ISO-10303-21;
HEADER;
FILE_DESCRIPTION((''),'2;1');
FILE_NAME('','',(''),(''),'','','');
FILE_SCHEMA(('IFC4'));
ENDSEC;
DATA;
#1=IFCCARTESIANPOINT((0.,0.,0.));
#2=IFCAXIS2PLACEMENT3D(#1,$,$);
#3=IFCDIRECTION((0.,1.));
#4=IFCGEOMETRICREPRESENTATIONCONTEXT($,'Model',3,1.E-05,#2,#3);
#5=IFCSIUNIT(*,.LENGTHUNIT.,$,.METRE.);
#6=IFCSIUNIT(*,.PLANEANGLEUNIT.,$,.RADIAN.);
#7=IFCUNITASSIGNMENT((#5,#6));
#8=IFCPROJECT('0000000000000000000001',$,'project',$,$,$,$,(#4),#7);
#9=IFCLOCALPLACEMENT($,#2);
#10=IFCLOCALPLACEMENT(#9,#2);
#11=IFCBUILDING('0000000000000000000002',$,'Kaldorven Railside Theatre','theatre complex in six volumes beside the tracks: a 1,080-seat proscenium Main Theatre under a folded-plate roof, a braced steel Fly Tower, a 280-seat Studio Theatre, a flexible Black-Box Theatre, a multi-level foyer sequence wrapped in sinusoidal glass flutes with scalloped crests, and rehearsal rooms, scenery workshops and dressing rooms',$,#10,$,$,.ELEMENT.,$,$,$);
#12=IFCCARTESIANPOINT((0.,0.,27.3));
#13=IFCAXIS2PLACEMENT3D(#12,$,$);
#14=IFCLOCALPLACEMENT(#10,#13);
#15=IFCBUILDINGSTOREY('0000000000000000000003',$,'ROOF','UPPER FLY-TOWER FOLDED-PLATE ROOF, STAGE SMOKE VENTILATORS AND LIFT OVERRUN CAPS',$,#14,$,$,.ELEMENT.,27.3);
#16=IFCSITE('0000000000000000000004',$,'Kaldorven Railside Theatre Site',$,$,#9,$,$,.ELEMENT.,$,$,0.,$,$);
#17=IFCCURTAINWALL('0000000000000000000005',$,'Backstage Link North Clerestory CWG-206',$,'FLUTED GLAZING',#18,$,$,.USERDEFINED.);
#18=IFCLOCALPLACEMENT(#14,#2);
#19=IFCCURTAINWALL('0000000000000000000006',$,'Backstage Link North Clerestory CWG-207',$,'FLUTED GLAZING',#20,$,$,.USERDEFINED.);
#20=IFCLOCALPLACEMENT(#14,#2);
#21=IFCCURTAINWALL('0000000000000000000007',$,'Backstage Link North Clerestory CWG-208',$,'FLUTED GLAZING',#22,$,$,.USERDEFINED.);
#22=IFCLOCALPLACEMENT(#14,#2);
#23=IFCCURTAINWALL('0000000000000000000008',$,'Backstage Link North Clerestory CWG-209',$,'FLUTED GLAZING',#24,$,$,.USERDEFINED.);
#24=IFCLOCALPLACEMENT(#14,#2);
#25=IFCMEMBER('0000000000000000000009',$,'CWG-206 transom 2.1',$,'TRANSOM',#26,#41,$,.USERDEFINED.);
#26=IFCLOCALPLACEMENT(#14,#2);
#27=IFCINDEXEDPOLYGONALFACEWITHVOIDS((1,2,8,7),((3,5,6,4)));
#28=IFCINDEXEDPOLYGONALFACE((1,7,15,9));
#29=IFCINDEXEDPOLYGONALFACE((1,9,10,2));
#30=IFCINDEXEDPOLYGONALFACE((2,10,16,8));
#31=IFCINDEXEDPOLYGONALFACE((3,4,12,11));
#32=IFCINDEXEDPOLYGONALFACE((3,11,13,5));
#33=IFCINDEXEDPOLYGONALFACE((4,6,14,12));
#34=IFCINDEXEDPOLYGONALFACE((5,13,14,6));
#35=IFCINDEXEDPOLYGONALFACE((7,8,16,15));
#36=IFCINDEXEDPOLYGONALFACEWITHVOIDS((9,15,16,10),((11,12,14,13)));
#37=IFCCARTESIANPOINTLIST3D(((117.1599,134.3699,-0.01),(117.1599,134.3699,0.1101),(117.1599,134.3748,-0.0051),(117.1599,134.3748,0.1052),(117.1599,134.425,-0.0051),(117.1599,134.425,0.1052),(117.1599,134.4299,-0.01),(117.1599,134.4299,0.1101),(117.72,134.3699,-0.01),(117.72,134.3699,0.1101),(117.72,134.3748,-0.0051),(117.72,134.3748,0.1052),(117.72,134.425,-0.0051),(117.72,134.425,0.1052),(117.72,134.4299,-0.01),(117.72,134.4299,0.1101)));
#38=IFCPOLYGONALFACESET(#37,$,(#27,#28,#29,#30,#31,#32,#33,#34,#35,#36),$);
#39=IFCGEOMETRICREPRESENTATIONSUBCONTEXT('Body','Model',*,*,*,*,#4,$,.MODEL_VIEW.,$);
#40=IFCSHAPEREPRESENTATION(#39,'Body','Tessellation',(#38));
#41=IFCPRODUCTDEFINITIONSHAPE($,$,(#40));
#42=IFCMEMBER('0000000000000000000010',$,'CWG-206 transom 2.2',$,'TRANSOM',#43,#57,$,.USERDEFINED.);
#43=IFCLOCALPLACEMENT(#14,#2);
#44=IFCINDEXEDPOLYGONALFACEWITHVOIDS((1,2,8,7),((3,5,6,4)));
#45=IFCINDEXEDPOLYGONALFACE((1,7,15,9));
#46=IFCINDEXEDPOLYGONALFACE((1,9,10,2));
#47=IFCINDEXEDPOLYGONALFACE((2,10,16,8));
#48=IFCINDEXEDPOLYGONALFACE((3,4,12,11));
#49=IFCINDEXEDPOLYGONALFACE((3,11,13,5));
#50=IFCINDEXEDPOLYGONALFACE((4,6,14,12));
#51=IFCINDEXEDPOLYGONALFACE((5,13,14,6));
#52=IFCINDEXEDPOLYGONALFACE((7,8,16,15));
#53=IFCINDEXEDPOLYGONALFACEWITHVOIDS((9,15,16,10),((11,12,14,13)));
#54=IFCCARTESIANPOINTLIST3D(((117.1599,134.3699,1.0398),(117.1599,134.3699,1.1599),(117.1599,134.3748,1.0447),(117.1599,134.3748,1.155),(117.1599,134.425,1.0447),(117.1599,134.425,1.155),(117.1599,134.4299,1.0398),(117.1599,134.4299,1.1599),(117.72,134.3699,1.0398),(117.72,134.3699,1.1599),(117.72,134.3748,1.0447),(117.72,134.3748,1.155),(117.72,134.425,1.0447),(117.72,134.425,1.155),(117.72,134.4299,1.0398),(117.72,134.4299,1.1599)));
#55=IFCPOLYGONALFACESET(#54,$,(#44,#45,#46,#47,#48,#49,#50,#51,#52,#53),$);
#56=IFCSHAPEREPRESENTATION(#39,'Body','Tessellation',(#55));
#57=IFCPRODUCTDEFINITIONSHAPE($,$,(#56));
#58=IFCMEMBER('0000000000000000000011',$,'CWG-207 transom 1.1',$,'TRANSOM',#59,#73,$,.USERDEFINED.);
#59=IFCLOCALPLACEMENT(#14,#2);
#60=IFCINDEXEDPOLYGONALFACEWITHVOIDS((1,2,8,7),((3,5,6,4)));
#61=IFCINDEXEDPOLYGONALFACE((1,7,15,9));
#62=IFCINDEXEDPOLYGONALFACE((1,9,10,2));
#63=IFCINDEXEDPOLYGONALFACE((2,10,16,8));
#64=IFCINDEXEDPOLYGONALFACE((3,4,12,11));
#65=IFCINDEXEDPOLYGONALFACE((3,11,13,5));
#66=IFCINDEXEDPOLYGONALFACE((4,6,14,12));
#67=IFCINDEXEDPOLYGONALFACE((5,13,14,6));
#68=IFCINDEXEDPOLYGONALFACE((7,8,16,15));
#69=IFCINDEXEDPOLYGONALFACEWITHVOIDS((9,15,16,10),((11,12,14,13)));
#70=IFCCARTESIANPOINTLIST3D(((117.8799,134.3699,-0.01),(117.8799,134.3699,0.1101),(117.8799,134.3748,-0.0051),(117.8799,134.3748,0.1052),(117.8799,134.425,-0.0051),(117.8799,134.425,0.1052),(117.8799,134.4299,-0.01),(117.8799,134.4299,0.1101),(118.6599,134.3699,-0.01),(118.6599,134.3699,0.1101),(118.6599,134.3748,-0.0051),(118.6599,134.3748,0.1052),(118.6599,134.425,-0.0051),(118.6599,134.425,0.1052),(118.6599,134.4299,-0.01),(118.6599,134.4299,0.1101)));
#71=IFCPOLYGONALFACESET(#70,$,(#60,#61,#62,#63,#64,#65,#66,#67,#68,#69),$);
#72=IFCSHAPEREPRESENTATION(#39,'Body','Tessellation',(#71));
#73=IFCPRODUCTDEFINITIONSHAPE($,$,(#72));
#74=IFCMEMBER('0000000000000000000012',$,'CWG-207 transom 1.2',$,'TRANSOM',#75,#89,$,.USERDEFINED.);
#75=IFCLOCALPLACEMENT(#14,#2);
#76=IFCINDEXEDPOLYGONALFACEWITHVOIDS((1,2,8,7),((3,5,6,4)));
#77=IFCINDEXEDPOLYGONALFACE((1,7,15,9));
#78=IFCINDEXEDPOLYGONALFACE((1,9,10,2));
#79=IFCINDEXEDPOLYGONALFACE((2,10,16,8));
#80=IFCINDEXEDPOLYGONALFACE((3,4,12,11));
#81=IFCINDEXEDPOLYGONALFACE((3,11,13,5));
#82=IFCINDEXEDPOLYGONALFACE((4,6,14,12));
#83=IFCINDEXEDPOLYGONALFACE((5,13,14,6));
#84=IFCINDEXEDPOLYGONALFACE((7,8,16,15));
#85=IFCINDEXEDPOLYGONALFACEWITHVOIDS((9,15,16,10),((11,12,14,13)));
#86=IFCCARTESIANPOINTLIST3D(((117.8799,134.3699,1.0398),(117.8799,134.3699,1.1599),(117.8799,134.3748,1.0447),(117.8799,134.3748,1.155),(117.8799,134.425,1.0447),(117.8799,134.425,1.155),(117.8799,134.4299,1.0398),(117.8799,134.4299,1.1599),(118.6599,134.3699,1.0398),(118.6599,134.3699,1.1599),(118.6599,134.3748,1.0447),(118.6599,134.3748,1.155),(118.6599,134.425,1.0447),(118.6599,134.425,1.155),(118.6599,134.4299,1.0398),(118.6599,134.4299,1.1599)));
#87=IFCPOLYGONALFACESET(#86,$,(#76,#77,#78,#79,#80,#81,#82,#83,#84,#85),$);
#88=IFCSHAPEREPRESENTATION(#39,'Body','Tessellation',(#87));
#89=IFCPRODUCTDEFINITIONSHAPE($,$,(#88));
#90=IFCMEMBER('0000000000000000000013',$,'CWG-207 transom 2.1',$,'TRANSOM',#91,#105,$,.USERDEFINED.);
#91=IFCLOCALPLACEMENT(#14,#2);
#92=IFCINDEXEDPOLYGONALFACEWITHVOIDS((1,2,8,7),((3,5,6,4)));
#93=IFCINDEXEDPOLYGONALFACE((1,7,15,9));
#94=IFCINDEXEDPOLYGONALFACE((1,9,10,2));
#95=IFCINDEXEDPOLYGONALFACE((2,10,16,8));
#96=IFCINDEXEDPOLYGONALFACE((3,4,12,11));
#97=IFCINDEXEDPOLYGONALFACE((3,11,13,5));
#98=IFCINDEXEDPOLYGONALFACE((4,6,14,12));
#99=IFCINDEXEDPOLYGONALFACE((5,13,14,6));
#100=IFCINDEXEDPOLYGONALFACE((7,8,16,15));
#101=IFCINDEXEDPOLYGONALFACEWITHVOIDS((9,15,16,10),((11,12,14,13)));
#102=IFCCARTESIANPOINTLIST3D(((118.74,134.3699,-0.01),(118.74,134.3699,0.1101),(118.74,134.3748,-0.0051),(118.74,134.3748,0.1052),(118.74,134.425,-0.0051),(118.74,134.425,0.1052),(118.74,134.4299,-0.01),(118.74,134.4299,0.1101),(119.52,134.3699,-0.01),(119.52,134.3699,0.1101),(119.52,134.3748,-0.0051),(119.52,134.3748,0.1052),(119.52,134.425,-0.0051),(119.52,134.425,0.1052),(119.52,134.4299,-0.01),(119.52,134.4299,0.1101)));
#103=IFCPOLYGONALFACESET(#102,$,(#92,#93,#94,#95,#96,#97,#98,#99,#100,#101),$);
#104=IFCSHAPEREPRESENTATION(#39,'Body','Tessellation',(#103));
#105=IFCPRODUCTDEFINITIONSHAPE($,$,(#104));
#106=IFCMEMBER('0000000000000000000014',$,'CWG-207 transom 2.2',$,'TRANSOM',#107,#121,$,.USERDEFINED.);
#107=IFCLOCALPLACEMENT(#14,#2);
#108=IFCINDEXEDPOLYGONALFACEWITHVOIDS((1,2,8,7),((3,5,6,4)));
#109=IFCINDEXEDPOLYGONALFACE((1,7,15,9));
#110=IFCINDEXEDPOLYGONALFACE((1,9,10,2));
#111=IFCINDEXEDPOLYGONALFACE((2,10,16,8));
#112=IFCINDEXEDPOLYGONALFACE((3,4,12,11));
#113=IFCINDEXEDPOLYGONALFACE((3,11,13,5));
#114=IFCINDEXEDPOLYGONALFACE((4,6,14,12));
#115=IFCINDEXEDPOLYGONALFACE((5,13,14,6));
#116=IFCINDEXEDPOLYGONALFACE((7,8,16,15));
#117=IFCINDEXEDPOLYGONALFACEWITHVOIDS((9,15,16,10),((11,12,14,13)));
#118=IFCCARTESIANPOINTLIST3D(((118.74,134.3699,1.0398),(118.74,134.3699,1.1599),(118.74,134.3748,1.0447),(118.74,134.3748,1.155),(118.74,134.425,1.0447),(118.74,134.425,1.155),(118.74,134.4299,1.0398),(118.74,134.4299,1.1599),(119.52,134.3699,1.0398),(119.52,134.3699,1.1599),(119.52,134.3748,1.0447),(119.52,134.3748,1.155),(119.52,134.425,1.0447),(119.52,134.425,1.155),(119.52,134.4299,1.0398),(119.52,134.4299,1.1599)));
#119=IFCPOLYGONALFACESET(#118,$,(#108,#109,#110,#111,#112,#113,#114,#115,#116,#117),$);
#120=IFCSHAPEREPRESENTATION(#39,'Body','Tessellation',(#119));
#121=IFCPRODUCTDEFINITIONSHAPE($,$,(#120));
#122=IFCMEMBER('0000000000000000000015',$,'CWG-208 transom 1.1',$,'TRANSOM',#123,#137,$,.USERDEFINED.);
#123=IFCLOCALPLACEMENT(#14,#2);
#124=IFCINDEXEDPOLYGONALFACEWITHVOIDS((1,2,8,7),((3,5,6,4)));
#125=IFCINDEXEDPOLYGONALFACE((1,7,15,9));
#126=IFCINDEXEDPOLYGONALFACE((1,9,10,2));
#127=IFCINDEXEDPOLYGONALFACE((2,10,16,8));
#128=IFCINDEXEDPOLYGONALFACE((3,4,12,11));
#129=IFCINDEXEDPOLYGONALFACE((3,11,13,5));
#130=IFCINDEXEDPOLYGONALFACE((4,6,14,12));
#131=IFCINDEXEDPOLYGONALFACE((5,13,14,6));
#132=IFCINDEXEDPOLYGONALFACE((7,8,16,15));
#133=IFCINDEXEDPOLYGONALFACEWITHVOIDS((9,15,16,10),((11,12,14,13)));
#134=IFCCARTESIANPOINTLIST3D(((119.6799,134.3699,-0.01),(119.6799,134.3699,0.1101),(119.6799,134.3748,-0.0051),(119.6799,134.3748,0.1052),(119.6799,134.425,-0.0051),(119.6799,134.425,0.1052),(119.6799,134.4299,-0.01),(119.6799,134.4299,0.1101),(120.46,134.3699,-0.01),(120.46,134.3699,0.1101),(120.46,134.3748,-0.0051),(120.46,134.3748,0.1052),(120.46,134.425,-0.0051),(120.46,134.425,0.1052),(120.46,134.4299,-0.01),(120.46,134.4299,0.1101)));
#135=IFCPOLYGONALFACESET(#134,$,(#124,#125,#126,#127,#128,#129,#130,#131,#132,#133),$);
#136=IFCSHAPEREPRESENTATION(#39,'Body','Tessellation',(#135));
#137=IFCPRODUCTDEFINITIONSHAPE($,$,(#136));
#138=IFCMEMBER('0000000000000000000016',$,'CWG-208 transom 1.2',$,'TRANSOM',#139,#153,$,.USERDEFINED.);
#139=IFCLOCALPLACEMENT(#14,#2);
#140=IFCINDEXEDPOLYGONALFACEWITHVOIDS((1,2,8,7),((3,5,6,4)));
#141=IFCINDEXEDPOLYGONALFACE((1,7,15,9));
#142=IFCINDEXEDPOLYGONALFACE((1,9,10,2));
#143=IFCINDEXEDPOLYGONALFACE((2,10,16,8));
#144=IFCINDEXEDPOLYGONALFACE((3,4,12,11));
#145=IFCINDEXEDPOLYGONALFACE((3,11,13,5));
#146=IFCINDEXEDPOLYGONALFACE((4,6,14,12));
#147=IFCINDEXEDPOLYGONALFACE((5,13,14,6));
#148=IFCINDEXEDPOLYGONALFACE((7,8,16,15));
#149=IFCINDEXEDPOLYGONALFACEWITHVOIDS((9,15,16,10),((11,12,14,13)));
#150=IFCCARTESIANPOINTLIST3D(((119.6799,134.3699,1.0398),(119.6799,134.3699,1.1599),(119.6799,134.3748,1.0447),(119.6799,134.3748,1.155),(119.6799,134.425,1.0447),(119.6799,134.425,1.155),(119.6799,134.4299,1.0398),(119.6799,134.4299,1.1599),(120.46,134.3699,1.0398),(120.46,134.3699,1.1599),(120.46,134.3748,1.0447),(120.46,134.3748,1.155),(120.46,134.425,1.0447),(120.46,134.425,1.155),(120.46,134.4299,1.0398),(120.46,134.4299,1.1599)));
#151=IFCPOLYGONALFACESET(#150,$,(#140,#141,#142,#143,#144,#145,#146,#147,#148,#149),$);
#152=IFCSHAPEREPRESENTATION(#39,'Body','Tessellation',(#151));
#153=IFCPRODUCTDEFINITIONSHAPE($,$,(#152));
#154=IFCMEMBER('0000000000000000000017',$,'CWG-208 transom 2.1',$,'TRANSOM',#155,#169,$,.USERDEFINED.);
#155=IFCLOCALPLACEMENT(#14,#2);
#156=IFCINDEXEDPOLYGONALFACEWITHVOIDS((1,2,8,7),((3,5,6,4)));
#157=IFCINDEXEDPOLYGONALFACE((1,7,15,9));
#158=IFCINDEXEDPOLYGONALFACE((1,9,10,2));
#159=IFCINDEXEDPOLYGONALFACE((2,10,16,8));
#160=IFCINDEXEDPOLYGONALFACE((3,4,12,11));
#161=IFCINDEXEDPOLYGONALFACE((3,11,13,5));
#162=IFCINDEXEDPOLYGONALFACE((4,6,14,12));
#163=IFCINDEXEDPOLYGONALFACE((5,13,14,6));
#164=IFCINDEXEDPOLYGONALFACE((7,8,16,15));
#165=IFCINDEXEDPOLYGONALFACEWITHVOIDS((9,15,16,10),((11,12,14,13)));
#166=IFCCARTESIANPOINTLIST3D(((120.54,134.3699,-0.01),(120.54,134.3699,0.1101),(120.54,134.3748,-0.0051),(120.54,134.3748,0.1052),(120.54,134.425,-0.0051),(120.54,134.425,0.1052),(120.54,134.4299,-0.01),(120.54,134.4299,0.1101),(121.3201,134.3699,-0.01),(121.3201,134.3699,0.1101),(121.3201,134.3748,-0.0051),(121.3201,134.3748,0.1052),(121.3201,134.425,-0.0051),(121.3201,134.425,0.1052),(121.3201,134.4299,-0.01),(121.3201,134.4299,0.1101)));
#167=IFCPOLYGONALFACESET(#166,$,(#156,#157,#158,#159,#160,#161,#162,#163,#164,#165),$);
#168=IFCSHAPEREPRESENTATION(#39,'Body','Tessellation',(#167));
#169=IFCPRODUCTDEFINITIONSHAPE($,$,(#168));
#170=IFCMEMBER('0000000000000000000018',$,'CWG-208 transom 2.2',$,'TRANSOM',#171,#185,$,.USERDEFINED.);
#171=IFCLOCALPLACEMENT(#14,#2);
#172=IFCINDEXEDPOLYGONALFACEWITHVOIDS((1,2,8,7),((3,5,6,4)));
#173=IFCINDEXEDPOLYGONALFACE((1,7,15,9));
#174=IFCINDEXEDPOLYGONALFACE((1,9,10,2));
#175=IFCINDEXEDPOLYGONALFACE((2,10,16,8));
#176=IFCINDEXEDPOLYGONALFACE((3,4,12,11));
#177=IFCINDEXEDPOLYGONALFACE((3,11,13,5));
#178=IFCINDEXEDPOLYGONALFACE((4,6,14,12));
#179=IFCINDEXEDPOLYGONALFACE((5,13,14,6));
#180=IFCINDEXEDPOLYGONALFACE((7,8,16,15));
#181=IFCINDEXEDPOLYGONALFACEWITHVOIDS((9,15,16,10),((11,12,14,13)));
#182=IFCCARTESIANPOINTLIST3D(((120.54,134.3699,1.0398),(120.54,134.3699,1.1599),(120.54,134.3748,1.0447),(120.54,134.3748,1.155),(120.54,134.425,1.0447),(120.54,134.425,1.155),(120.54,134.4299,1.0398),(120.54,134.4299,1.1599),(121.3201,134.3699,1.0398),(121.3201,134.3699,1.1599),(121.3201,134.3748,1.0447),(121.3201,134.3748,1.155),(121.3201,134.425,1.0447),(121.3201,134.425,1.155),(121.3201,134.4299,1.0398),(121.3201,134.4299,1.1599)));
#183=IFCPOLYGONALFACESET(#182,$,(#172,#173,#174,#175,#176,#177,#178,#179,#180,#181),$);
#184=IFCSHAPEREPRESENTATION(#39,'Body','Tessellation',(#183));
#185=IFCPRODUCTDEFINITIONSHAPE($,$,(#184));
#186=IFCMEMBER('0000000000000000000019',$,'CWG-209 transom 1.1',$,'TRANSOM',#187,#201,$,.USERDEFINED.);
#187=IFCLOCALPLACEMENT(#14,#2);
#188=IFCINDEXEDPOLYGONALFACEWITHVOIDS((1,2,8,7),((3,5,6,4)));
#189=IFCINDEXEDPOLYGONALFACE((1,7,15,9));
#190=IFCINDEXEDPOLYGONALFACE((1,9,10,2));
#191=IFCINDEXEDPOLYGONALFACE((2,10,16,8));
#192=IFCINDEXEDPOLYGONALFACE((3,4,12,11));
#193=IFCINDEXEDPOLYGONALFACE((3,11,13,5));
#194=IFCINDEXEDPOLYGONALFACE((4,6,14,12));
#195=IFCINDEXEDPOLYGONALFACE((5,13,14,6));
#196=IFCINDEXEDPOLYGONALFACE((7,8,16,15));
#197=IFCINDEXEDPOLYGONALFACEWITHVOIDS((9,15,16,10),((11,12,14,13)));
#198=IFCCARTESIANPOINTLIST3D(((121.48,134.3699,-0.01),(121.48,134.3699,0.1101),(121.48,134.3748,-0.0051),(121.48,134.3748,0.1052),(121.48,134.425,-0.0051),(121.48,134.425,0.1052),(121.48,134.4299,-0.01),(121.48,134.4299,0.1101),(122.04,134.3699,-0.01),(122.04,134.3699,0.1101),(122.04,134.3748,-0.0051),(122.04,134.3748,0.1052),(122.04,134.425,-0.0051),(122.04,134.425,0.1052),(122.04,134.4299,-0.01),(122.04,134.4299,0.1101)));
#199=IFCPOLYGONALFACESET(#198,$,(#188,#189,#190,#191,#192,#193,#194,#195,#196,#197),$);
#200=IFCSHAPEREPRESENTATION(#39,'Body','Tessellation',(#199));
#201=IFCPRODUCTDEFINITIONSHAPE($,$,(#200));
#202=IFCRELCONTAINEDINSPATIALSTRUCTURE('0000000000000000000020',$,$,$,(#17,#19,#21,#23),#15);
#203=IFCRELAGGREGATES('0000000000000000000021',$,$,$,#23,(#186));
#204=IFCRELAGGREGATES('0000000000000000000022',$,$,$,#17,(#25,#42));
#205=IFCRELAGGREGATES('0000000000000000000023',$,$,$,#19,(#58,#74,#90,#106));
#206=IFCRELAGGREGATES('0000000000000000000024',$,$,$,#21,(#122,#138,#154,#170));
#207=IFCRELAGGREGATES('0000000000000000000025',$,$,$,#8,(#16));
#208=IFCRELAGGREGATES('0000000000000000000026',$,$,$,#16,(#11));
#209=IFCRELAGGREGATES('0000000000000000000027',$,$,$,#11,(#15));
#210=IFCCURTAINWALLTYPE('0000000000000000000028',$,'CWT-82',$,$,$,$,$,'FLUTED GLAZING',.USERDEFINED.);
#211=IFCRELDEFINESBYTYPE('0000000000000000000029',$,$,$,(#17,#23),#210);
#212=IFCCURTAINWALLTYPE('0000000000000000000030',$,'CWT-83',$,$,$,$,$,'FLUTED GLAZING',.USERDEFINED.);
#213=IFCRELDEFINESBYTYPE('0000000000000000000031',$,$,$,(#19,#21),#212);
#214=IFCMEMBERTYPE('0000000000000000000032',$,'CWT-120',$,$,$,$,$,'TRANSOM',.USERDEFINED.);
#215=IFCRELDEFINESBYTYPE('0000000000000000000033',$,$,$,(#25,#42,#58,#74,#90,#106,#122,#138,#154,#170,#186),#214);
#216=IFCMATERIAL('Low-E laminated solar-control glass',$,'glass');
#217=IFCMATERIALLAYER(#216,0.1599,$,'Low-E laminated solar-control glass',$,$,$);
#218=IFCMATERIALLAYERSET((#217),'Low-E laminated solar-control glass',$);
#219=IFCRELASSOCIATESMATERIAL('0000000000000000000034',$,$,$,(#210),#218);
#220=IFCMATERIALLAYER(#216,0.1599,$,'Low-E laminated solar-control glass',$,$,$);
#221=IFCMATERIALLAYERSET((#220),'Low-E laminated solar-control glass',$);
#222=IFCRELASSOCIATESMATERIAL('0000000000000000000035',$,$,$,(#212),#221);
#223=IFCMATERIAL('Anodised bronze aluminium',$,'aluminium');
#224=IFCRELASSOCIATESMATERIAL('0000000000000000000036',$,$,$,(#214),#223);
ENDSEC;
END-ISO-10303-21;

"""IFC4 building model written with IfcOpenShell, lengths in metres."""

from ifc_helpers import new_model, si_unit, direction, frame, origin, origin_2d, place, context, subcontext, project, spatial, hollow_rectangle, extrude, material, layer, layer_set, material_profile, profile_set, type_object, element, aggregate, save


model = new_model("IFC4")

# Units and contexts
model_context = context("Model", 3, precision=1e-05, world=origin(), true_north=direction((0.0, 1.0)))
body_context = subcontext(model_context, "Body", "Model", "MODEL_VIEW")
ifc_project = project(units=[si_unit("LENGTHUNIT", "METRE"), si_unit("PLANEANGLEUNIT", "RADIAN")], contexts=[model_context])

# Site, building, storey
site_placement = place(None, origin())
site = spatial("IfcSite", under=ifc_project, at=site_placement, Name="Kaldorven Railside Theatre Site", CompositionType="ELEMENT", RefElevation=0.0)
building_placement = place(site_placement, origin())
building = spatial("IfcBuilding", under=site, at=building_placement, Name="Kaldorven Railside Theatre", Description="theatre complex in six volumes beside the tracks: a 1,080-seat proscenium Main Theatre under a folded-plate roof, a braced steel Fly Tower, a 280-seat Studio Theatre, a flexible Black-Box Theatre, a multi-level foyer sequence wrapped in sinusoidal glass flutes with scalloped crests, and rehearsal rooms, scenery workshops and dressing rooms", CompositionType="ELEMENT")
storey_placement = place(building_placement, frame((0.0, 0.0, 27.3)))
storey = spatial("IfcBuildingStorey", under=building, at=storey_placement, Name="ROOF", Description="UPPER FLY-TOWER FOLDED-PLATE ROOF, STAGE SMOKE VENTILATORS AND LIFT OVERRUN CAPS", CompositionType="ELEMENT", Elevation=27.3)

# Curtain walls
ifc_material_1 = material(Name="Low-E laminated solar-control glass", Category="glass")
ifc_layer_1 = layer(ifc_material_1, 0.1599, Name="Low-E laminated solar-control glass")
ifc_layer_set_1 = layer_set([ifc_layer_1], Name="Low-E laminated solar-control glass")
curtain_wall_type_1 = type_object("IfcCurtainWallType", Name="CWT-82", ElementType="FLUTED GLAZING", PredefinedType="USERDEFINED", material=ifc_layer_set_1)
curtain_wall_1_placement = place(storey_placement, origin())
curtain_wall_1 = element("IfcCurtainWall", 1, at=curtain_wall_1_placement, inside=storey, type_object=curtain_wall_type_1, Name="Backstage Link North Clerestory CWG-206", ObjectType="FLUTED GLAZING", PredefinedType="USERDEFINED")
ifc_material_2 = material(Name="Anodised bronze aluminium", Category="aluminium")
ifc_layer_2 = layer(ifc_material_1, 0.1599, Name="Low-E laminated solar-control glass")
ifc_layer_set_2 = layer_set([ifc_layer_2], Name="Low-E laminated solar-control glass")
curtain_wall_type_2 = type_object("IfcCurtainWallType", Name="CWT-83", ElementType="FLUTED GLAZING", PredefinedType="USERDEFINED", material=ifc_layer_set_2)
curtain_wall_2_placement = place(storey_placement, origin())
curtain_wall_2 = element("IfcCurtainWall", 2, at=curtain_wall_2_placement, inside=storey, type_object=curtain_wall_type_2, Name="Backstage Link North Clerestory CWG-207", ObjectType="FLUTED GLAZING", PredefinedType="USERDEFINED")
curtain_wall_3_placement = place(storey_placement, origin())
curtain_wall_3 = element("IfcCurtainWall", 3, at=curtain_wall_3_placement, inside=storey, type_object=curtain_wall_type_2, Name="Backstage Link North Clerestory CWG-208", ObjectType="FLUTED GLAZING", PredefinedType="USERDEFINED")

# Curtain wall
curtain_wall_4_placement = place(storey_placement, origin())
curtain_wall_4 = element("IfcCurtainWall", 4, at=curtain_wall_4_placement, inside=storey, type_object=curtain_wall_type_1, Name="Backstage Link North Clerestory CWG-209", ObjectType="FLUTED GLAZING", PredefinedType="USERDEFINED")

# Members
ifc_material_profile_1 = material_profile(ifc_material_2, hollow_rectangle(XDim=0.0601, YDim=0.1201, WallThickness=0.0049, at=origin_2d()), Name="RHS 120x60x5")
ifc_profile_set_1 = profile_set([ifc_material_profile_1], Name="Anodised bronze aluminium")
member_type_1 = type_object("IfcMemberType", Name="CWT-120", ElementType="TRANSOM", PredefinedType="USERDEFINED", material=ifc_profile_set_1)
member_1_placement = place(storey_placement, frame((117.1599, 134.3999, 0.05), z_axis=(1.0, 0.0, 0.0), x_axis=(0.0, 1.0, 0.0)))
member_1 = element("IfcMember", 5, at=member_1_placement, type_object=member_type_1, Name="CWG-206 transom 2.1", ObjectType="TRANSOM", PredefinedType="USERDEFINED", context=body_context, shape_type="SweptSolid", body=[
    extrude(hollow_rectangle(XDim=0.0601, YDim=0.1201, WallThickness=0.0049, at=origin_2d()), origin(), (0.0, 0.0, 1.0), 0.5601),
])
member_2_placement = place(storey_placement, frame((117.1599, 134.3999, 1.0999), z_axis=(1.0, 0.0, 0.0), x_axis=(0.0, 1.0, 0.0)))
member_2 = element("IfcMember", 6, at=member_2_placement, type_object=member_type_1, Name="CWG-206 transom 2.2", ObjectType="TRANSOM", PredefinedType="USERDEFINED", context=body_context, shape_type="SweptSolid", body=[
    extrude(hollow_rectangle(XDim=0.0601, YDim=0.1201, WallThickness=0.0049, at=origin_2d()), origin(), (0.0, 0.0, 1.0), 0.5601),
])
member_3_placement = place(storey_placement, frame((117.8799, 134.3999, 0.05), z_axis=(1.0, 0.0, 0.0), x_axis=(0.0, 1.0, 0.0)))
member_3 = element("IfcMember", 7, at=member_3_placement, type_object=member_type_1, Name="CWG-207 transom 1.1", ObjectType="TRANSOM", PredefinedType="USERDEFINED", context=body_context, shape_type="SweptSolid", body=[
    extrude(hollow_rectangle(XDim=0.0601, YDim=0.1201, WallThickness=0.0049, at=origin_2d()), origin(), (0.0, 0.0, 1.0), 0.78),
])
member_4_placement = place(storey_placement, frame((117.8799, 134.3999, 1.0999), z_axis=(1.0, 0.0, 0.0), x_axis=(0.0, 1.0, 0.0)))
member_4 = element("IfcMember", 8, at=member_4_placement, type_object=member_type_1, Name="CWG-207 transom 1.2", ObjectType="TRANSOM", PredefinedType="USERDEFINED", context=body_context, shape_type="SweptSolid", body=[
    extrude(hollow_rectangle(XDim=0.0601, YDim=0.1201, WallThickness=0.0049, at=origin_2d()), origin(), (0.0, 0.0, 1.0), 0.78),
])
member_5_placement = place(storey_placement, frame((118.74, 134.3999, 0.05), z_axis=(1.0, 0.0, 0.0), x_axis=(0.0, 1.0, 0.0)))
member_5 = element("IfcMember", 9, at=member_5_placement, type_object=member_type_1, Name="CWG-207 transom 2.1", ObjectType="TRANSOM", PredefinedType="USERDEFINED", context=body_context, shape_type="SweptSolid", body=[
    extrude(hollow_rectangle(XDim=0.0601, YDim=0.1201, WallThickness=0.0049, at=origin_2d()), origin(), (0.0, 0.0, 1.0), 0.78),
])
member_6_placement = place(storey_placement, frame((118.74, 134.3999, 1.0999), z_axis=(1.0, 0.0, 0.0), x_axis=(0.0, 1.0, 0.0)))
member_6 = element("IfcMember", 10, at=member_6_placement, type_object=member_type_1, Name="CWG-207 transom 2.2", ObjectType="TRANSOM", PredefinedType="USERDEFINED", context=body_context, shape_type="SweptSolid", body=[
    extrude(hollow_rectangle(XDim=0.0601, YDim=0.1201, WallThickness=0.0049, at=origin_2d()), origin(), (0.0, 0.0, 1.0), 0.78),
])
member_7_placement = place(storey_placement, frame((119.6799, 134.3999, 0.05), z_axis=(1.0, 0.0, 0.0), x_axis=(0.0, 1.0, 0.0)))
member_7 = element("IfcMember", 11, at=member_7_placement, type_object=member_type_1, Name="CWG-208 transom 1.1", ObjectType="TRANSOM", PredefinedType="USERDEFINED", context=body_context, shape_type="SweptSolid", body=[
    extrude(hollow_rectangle(XDim=0.0601, YDim=0.1201, WallThickness=0.0049, at=origin_2d()), origin(), (0.0, 0.0, 1.0), 0.78),
])
member_8_placement = place(storey_placement, frame((119.6799, 134.3999, 1.0999), z_axis=(1.0, 0.0, 0.0), x_axis=(0.0, 1.0, 0.0)))
member_8 = element("IfcMember", 12, at=member_8_placement, type_object=member_type_1, Name="CWG-208 transom 1.2", ObjectType="TRANSOM", PredefinedType="USERDEFINED", context=body_context, shape_type="SweptSolid", body=[
    extrude(hollow_rectangle(XDim=0.0601, YDim=0.1201, WallThickness=0.0049, at=origin_2d()), origin(), (0.0, 0.0, 1.0), 0.78),
])
member_9_placement = place(storey_placement, frame((120.54, 134.3999, 0.05), z_axis=(1.0, 0.0, 0.0), x_axis=(0.0, 1.0, 0.0)))
member_9 = element("IfcMember", 13, at=member_9_placement, type_object=member_type_1, Name="CWG-208 transom 2.1", ObjectType="TRANSOM", PredefinedType="USERDEFINED", context=body_context, shape_type="SweptSolid", body=[
    extrude(hollow_rectangle(XDim=0.0601, YDim=0.1201, WallThickness=0.0049, at=origin_2d()), origin(), (0.0, 0.0, 1.0), 0.78),
])
member_10_placement = place(storey_placement, frame((120.54, 134.3999, 1.0999), z_axis=(1.0, 0.0, 0.0), x_axis=(0.0, 1.0, 0.0)))
member_10 = element("IfcMember", 14, at=member_10_placement, type_object=member_type_1, Name="CWG-208 transom 2.2", ObjectType="TRANSOM", PredefinedType="USERDEFINED", context=body_context, shape_type="SweptSolid", body=[
    extrude(hollow_rectangle(XDim=0.0601, YDim=0.1201, WallThickness=0.0049, at=origin_2d()), origin(), (0.0, 0.0, 1.0), 0.78),
])
member_11_placement = place(storey_placement, frame((121.48, 134.3999, 0.05), z_axis=(1.0, 0.0, 0.0), x_axis=(0.0, 1.0, 0.0)))
member_11 = element("IfcMember", 15, at=member_11_placement, type_object=member_type_1, Name="CWG-209 transom 1.1", ObjectType="TRANSOM", PredefinedType="USERDEFINED", context=body_context, shape_type="SweptSolid", body=[
    extrude(hollow_rectangle(XDim=0.0601, YDim=0.1201, WallThickness=0.0049, at=origin_2d()), origin(), (0.0, 0.0, 1.0), 0.5601),
])
aggregate(curtain_wall_4, [member_11])

aggregate(curtain_wall_1, [member_1, member_2])
aggregate(curtain_wall_2, [member_3, member_4, member_5, member_6])
aggregate(curtain_wall_3, [member_7, member_8, member_9, member_10])

save(model, "model.ifc")
